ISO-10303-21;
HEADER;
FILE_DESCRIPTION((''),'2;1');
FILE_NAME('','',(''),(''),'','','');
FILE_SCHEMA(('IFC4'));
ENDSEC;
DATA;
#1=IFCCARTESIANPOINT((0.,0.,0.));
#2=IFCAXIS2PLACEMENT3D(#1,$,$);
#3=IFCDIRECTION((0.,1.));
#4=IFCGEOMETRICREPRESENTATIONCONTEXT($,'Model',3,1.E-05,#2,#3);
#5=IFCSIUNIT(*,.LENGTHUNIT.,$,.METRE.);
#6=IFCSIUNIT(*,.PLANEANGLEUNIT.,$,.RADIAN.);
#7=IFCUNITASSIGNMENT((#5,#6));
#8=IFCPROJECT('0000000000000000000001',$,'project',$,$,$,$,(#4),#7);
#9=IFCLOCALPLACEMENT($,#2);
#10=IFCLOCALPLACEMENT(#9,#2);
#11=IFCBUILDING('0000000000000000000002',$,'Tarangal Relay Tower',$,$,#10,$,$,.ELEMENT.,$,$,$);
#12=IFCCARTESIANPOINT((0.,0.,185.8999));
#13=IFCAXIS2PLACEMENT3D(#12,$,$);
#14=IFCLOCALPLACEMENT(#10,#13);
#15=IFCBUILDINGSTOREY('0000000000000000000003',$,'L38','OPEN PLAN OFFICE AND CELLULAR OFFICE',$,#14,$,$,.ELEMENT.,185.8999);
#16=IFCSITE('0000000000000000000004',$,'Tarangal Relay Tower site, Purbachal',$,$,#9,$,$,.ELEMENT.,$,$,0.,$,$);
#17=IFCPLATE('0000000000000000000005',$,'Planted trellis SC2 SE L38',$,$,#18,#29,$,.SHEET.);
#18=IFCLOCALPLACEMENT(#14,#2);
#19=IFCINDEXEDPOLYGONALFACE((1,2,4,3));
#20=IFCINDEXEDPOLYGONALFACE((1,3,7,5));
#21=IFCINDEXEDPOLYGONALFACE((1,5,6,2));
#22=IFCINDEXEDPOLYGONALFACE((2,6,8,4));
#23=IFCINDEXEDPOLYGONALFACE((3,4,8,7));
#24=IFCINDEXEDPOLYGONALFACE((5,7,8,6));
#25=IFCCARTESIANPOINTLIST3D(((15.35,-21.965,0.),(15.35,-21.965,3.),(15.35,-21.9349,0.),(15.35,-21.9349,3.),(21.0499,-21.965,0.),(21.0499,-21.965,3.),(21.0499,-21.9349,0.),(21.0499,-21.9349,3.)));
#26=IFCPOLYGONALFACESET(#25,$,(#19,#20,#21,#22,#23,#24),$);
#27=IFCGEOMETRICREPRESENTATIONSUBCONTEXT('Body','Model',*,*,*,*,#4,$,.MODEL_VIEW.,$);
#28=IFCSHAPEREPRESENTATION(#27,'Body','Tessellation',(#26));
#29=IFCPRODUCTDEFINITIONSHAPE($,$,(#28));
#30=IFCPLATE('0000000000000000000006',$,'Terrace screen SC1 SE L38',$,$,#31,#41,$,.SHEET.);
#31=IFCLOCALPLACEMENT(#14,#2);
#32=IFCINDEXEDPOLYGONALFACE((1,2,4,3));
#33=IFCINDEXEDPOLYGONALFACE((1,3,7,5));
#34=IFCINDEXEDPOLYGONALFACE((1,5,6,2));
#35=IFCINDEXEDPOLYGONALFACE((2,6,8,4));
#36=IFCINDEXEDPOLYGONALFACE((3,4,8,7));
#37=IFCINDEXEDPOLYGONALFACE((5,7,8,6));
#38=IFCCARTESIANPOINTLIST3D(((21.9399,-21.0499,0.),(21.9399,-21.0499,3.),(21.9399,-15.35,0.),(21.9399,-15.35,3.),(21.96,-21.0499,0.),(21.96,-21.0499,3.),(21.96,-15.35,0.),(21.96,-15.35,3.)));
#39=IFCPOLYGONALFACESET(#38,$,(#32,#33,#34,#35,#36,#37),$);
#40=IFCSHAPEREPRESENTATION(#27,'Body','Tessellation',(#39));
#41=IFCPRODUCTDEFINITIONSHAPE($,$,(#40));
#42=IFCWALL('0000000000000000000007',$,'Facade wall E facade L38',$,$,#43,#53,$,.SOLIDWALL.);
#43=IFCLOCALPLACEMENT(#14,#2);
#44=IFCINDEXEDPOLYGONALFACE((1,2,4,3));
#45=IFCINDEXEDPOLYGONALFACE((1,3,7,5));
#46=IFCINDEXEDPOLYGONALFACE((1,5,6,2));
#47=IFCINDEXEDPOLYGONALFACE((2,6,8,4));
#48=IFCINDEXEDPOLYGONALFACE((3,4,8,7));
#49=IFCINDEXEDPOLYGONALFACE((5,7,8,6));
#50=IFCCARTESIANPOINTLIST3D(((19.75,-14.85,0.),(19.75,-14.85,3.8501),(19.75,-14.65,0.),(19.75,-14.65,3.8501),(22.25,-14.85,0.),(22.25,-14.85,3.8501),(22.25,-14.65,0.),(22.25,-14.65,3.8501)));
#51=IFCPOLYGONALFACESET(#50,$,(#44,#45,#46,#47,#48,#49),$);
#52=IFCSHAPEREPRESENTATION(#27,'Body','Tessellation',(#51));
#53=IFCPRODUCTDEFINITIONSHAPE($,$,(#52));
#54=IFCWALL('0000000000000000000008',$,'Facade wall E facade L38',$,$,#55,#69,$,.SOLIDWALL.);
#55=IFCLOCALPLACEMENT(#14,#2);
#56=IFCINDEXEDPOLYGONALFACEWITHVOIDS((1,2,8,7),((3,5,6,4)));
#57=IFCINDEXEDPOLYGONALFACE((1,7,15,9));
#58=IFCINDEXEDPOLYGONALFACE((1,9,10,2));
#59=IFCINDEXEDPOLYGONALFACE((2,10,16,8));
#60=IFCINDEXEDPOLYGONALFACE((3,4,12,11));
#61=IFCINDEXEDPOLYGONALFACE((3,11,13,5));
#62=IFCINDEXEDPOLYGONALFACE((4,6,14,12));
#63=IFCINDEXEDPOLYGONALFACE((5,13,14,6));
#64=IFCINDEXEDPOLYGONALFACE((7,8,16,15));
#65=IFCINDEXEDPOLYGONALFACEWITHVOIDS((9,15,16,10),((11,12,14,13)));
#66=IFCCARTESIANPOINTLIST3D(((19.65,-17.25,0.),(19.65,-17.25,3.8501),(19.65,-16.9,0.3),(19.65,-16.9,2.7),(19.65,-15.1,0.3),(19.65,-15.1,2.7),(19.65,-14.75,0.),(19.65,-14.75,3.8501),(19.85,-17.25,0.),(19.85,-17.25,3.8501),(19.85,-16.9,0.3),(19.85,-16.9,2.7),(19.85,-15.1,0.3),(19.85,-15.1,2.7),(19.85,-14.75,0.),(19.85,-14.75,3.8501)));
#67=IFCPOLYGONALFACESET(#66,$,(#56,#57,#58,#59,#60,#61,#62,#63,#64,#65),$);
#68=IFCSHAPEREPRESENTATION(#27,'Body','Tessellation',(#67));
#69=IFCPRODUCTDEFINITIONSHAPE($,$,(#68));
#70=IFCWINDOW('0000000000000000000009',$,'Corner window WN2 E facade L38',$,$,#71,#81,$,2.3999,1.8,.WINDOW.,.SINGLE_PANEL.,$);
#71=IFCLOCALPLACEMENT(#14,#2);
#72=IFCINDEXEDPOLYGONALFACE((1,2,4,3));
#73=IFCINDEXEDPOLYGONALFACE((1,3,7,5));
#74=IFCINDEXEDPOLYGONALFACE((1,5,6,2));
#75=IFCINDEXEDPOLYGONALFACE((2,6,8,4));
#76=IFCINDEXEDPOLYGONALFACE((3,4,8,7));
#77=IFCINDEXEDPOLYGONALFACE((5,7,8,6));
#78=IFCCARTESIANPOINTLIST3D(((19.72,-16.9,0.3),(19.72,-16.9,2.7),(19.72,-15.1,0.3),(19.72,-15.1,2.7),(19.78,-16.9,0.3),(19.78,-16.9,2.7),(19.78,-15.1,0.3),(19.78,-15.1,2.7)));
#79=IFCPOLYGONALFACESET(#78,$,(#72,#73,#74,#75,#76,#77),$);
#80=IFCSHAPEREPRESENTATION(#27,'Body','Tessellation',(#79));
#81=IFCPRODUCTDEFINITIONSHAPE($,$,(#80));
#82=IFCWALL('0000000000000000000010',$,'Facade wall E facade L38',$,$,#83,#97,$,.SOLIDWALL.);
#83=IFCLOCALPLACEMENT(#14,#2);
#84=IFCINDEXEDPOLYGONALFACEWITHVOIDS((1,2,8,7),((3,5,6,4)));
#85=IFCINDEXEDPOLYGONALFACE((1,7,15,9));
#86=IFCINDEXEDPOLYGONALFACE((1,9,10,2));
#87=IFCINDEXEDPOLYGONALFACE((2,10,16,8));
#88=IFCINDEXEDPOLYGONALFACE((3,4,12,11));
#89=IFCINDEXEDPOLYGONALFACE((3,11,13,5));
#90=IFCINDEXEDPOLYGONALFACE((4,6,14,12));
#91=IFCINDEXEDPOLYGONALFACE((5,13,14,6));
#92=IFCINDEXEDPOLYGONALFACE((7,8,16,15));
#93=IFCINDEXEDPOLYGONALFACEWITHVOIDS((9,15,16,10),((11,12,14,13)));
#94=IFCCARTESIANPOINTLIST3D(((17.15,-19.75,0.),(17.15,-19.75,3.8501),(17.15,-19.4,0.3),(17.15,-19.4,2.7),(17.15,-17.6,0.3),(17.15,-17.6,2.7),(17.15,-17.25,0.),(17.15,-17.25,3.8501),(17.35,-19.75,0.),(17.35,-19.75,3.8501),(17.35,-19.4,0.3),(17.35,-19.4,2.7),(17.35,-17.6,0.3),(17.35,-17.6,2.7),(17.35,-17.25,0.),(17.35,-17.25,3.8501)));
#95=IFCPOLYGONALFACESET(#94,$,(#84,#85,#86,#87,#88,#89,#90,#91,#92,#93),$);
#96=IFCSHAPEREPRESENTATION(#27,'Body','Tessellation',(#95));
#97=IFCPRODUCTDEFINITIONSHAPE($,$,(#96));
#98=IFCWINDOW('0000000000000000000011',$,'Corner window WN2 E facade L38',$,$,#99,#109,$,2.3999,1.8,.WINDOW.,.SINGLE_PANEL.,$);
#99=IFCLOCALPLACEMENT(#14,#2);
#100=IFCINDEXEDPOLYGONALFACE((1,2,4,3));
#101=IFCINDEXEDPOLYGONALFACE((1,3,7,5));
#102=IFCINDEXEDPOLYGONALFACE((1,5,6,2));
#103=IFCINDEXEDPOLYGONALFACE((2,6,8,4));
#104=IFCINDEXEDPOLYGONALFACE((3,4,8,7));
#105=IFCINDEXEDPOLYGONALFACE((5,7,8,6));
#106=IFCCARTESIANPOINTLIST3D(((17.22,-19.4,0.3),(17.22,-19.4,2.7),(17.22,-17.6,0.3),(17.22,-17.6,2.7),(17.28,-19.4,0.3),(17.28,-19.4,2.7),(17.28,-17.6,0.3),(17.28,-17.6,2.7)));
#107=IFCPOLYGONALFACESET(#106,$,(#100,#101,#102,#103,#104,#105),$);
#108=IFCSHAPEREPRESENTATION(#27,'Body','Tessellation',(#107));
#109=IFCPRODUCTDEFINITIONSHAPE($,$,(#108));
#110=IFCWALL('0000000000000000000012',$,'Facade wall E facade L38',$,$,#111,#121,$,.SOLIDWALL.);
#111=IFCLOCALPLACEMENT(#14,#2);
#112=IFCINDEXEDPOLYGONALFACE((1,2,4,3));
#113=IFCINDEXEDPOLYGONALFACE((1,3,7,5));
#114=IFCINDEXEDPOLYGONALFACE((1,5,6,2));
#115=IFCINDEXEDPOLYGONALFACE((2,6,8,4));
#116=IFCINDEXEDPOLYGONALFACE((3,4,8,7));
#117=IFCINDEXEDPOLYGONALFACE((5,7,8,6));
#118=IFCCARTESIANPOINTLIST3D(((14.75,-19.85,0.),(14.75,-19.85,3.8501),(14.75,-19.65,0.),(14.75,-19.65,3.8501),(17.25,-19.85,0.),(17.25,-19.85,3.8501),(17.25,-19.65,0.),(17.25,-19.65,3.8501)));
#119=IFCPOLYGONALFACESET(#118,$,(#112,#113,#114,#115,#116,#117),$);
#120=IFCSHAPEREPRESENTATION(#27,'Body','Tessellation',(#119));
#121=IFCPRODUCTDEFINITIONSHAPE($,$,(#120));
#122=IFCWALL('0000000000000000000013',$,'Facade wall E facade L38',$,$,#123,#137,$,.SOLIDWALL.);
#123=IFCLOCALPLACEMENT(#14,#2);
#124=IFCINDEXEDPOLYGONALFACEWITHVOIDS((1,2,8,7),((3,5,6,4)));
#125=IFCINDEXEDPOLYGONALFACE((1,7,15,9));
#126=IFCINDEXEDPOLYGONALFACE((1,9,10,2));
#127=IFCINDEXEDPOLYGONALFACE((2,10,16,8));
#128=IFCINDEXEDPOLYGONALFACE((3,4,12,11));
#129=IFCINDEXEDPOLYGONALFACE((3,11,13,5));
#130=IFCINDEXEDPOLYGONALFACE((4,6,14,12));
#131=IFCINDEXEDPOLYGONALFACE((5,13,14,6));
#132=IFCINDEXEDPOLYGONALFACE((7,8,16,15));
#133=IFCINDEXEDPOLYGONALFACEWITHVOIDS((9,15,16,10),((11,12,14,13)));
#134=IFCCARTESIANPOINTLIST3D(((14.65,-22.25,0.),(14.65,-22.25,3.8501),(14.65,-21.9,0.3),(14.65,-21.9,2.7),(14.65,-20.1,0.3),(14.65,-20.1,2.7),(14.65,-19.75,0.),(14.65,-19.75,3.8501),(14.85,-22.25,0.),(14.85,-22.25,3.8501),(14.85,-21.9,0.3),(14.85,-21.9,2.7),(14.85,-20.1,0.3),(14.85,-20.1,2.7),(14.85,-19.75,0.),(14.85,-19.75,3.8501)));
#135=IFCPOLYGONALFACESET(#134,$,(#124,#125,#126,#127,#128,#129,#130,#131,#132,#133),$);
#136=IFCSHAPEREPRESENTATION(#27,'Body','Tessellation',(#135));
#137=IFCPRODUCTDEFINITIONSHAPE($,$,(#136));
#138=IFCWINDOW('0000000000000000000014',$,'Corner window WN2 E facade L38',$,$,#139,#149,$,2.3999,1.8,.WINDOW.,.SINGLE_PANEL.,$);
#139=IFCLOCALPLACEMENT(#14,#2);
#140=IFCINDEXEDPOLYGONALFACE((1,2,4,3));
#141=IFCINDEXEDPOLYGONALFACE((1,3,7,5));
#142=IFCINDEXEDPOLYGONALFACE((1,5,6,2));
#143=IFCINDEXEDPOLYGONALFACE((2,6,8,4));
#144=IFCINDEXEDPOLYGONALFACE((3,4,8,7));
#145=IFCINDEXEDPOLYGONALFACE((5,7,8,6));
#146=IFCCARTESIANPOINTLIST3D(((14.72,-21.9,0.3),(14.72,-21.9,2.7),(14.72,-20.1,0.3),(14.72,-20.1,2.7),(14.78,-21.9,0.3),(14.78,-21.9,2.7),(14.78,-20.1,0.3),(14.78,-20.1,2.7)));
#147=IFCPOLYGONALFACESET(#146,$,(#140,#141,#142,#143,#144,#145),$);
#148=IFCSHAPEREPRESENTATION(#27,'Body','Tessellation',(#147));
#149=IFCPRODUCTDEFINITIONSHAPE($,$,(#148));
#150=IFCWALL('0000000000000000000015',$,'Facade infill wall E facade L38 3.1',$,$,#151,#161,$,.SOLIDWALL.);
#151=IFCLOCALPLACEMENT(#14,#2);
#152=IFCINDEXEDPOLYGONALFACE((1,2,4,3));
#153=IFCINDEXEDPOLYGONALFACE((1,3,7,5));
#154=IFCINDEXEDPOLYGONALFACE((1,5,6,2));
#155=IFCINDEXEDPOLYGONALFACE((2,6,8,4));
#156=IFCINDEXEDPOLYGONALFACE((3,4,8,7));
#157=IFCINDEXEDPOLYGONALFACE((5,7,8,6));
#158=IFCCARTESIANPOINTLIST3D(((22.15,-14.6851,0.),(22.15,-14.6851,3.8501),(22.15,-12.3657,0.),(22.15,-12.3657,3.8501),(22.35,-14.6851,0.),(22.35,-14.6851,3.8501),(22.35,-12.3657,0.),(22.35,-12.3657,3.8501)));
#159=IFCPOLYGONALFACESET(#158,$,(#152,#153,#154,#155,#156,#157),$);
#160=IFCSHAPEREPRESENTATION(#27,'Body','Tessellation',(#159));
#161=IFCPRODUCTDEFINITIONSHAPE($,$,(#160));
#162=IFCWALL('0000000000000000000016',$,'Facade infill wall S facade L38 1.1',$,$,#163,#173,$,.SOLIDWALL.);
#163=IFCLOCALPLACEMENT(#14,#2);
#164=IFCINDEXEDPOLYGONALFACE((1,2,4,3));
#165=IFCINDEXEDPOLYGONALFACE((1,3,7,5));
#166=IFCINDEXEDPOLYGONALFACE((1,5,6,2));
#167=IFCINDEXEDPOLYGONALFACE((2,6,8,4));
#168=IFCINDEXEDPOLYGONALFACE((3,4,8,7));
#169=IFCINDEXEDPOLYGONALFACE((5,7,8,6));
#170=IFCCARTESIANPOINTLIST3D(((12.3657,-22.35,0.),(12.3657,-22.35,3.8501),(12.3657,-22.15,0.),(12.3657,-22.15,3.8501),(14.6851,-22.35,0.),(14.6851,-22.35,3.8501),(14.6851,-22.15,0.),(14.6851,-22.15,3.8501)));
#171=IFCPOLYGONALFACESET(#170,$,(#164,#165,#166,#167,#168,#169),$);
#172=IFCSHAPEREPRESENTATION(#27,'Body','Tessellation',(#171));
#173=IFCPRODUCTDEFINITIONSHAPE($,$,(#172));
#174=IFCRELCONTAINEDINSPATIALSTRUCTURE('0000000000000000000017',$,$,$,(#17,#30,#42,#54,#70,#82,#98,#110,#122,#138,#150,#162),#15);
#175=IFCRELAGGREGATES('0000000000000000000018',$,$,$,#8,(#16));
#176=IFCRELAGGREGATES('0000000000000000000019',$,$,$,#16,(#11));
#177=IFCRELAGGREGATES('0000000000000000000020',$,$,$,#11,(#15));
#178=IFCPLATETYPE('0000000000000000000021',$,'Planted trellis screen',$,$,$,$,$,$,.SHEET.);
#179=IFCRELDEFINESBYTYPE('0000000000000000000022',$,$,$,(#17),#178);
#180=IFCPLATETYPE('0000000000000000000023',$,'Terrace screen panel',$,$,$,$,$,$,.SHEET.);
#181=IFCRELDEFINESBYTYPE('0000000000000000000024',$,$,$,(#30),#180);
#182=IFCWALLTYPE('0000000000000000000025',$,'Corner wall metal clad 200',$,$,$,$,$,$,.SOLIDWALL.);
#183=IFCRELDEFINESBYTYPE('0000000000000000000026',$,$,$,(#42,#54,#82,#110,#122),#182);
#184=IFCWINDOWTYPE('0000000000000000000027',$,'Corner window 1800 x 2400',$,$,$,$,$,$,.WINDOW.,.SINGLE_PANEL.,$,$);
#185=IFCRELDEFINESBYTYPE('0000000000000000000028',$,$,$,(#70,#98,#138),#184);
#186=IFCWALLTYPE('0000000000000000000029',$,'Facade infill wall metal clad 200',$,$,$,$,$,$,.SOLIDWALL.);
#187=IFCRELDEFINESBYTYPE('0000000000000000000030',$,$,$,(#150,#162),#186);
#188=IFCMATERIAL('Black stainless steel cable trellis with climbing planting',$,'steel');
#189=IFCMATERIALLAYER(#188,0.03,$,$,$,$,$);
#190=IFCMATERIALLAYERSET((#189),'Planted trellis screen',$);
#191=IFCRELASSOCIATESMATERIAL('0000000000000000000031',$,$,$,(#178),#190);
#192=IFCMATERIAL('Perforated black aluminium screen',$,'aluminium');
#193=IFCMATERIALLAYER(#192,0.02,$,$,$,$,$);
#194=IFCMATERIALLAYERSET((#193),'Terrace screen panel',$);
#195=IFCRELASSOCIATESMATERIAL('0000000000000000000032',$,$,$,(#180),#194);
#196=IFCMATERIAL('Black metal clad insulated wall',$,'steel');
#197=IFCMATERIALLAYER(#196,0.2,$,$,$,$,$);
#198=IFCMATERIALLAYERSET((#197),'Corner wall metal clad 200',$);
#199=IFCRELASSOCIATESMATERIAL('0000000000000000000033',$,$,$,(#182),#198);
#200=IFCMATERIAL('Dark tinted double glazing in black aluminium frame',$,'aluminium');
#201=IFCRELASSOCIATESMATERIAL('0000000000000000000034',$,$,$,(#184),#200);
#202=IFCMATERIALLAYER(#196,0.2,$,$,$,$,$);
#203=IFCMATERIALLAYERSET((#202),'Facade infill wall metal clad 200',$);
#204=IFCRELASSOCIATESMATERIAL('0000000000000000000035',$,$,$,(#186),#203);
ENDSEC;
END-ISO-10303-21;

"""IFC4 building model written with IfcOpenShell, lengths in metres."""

from ifc_helpers import new_model, si_unit, direction, frame, frame_2d, origin, origin_2d, place, context, subcontext, project, spatial, rectangle, extrude, material, layer, layer_set, type_object, element, fill, save


model = new_model("IFC4")

# Units and contexts
model_context = context("Model", 3, precision=1e-05, world=origin(), true_north=direction((0.0, 1.0)))
body_context = subcontext(model_context, "Body", "Model", "MODEL_VIEW")
ifc_project = project(units=[si_unit("LENGTHUNIT", "METRE"), si_unit("PLANEANGLEUNIT", "RADIAN")], contexts=[model_context])

# Site, building, storey
site_placement = place(None, origin())
site = spatial("IfcSite", under=ifc_project, at=site_placement, Name="Tarangal Relay Tower site, Purbachal", CompositionType="ELEMENT", RefElevation=0.0)
building_placement = place(site_placement, origin())
building = spatial("IfcBuilding", under=site, at=building_placement, Name="Tarangal Relay Tower", CompositionType="ELEMENT")
storey_placement = place(building_placement, frame((0.0, 0.0, 185.8999)))
storey = spatial("IfcBuildingStorey", under=building, at=storey_placement, Name="L38", Description="OPEN PLAN OFFICE AND CELLULAR OFFICE", CompositionType="ELEMENT", Elevation=185.8999)

# Plates
ifc_material_1 = material(Name="Black stainless steel cable trellis with climbing planting", Category="steel")
ifc_layer_1 = layer(ifc_material_1, 0.03)
ifc_layer_set_1 = layer_set([ifc_layer_1], Name="Planted trellis screen")
plate_type_1 = type_object("IfcPlateType", Name="Planted trellis screen", PredefinedType="SHEET", material=ifc_layer_set_1)
plate_1_placement = place(storey_placement, frame((18.2, -21.95, 0.0), z_axis=(0.0, 0.0, 1.0), x_axis=(-1.0, 0.0, 0.0)))
element("IfcPlate", 1, at=plate_1_placement, inside=storey, type_object=plate_type_1, Name="Planted trellis SC2 SE L38", PredefinedType="SHEET", context=body_context, shape_type="SweptSolid", body=[
    extrude(rectangle(XDim=5.7, YDim=0.03, at=origin_2d()), origin(), (0.0, 0.0, 1.0), 3.0),
])
ifc_material_2 = material(Name="Perforated black aluminium screen", Category="aluminium")
ifc_layer_2 = layer(ifc_material_2, 0.02)
ifc_layer_set_2 = layer_set([ifc_layer_2], Name="Terrace screen panel")
plate_type_2 = type_object("IfcPlateType", Name="Terrace screen panel", PredefinedType="SHEET", material=ifc_layer_set_2)
plate_2_placement = place(storey_placement, frame((21.95, -18.2, 0.0), z_axis=(0.0, 0.0, 1.0), x_axis=(0.0, -1.0, 0.0)))
element("IfcPlate", 2, at=plate_2_placement, inside=storey, type_object=plate_type_2, Name="Terrace screen SC1 SE L38", PredefinedType="SHEET", context=body_context, shape_type="SweptSolid", body=[
    extrude(rectangle(XDim=5.7, YDim=0.02, at=origin_2d()), origin(), (0.0, 0.0, 1.0), 3.0),
])

# Wall
ifc_material_3 = material(Name="Black metal clad insulated wall", Category="steel")
ifc_layer_3 = layer(ifc_material_3, 0.2)
ifc_layer_set_3 = layer_set([ifc_layer_3], Name="Corner wall metal clad 200")
wall_type_1 = type_object("IfcWallType", Name="Corner wall metal clad 200", PredefinedType="SOLIDWALL", material=ifc_layer_set_3)
wall_1_placement = place(storey_placement, frame((22.25, -14.75, 0.0), z_axis=(0.0, 0.0, 1.0), x_axis=(-1.0, 0.0, 0.0)))
element("IfcWall", 3, at=wall_1_placement, inside=storey, type_object=wall_type_1, Name="Facade wall E facade L38", PredefinedType="SOLIDWALL", context=body_context, shape_type="SweptSolid", body=[
    extrude(rectangle(XDim=2.5, YDim=0.2, at=frame_2d((1.25, 0.0))), origin(), (0.0, 0.0, 1.0), 3.8501),
])

# Wall, opening, window
wall_2_placement = place(storey_placement, frame((19.75, -14.75, 0.0), z_axis=(0.0, 0.0, 1.0), x_axis=(0.0, -1.0, 0.0)))
wall_2 = element("IfcWall", 4, at=wall_2_placement, inside=storey, type_object=wall_type_1, Name="Facade wall E facade L38", PredefinedType="SOLIDWALL", context=body_context, shape_type="SweptSolid", body=[
    extrude(rectangle(XDim=2.5, YDim=0.2, at=frame_2d((1.25, 0.0))), origin(), (0.0, 0.0, 1.0), 3.8501),
])
opening_1_placement = place(wall_2_placement, frame((0.3501, 0.0, 0.3)))
opening_1 = element("IfcOpeningElement", 5, at=opening_1_placement, cuts=wall_2, PredefinedType="OPENING", context=body_context, shape_type="SweptSolid", body=[
    extrude(rectangle(XDim=1.8, YDim=2.3999, at=frame_2d((0.8999, 1.2))), frame((0.0, 0.1099, 0.0), z_axis=(0.0, -1.0, 0.0), x_axis=(1.0, 0.0, 0.0)), (0.0, 0.0, 1.0), 0.22),
])
ifc_material_4 = material(Name="Dark tinted double glazing in black aluminium frame", Category="aluminium")
window_type = type_object("IfcWindowType", Name="Corner window 1800 x 2400", PartitioningType="SINGLE_PANEL", PredefinedType="WINDOW", material=ifc_material_4)
window_1_placement = place(opening_1_placement, origin())
window_1 = element("IfcWindow", 6, at=window_1_placement, inside=storey, type_object=window_type, Name="Corner window WN2 E facade L38", OverallHeight=2.3999, OverallWidth=1.8, PartitioningType="SINGLE_PANEL", PredefinedType="WINDOW", context=body_context, shape_type="SweptSolid", body=[
    extrude(rectangle(XDim=1.8, YDim=2.3999, at=frame_2d((0.8999, 1.2))), frame((0.0, 0.03, 0.0), z_axis=(0.0, -1.0, 0.0), x_axis=(1.0, 0.0, 0.0)), (0.0, 0.0, 1.0), 0.0601),
])
fill(opening_1, window_1)

# Wall, opening, window
wall_3_placement = place(storey_placement, frame((17.25, -17.25, 0.0), z_axis=(0.0, 0.0, 1.0), x_axis=(0.0, -1.0, 0.0)))
wall_3 = element("IfcWall", 7, at=wall_3_placement, inside=storey, type_object=wall_type_1, Name="Facade wall E facade L38", PredefinedType="SOLIDWALL", context=body_context, shape_type="SweptSolid", body=[
    extrude(rectangle(XDim=2.5, YDim=0.2, at=frame_2d((1.25, 0.0))), origin(), (0.0, 0.0, 1.0), 3.8501),
])
opening_2_placement = place(wall_3_placement, frame((0.3501, 0.0, 0.3)))
opening_2 = element("IfcOpeningElement", 8, at=opening_2_placement, cuts=wall_3, PredefinedType="OPENING", context=body_context, shape_type="SweptSolid", body=[
    extrude(rectangle(XDim=1.8, YDim=2.3999, at=frame_2d((0.8999, 1.2))), frame((0.0, 0.1099, 0.0), z_axis=(0.0, -1.0, 0.0), x_axis=(1.0, 0.0, 0.0)), (0.0, 0.0, 1.0), 0.22),
])
window_2_placement = place(opening_2_placement, origin())
window_2 = element("IfcWindow", 9, at=window_2_placement, inside=storey, type_object=window_type, Name="Corner window WN2 E facade L38", OverallHeight=2.3999, OverallWidth=1.8, PartitioningType="SINGLE_PANEL", PredefinedType="WINDOW", context=body_context, shape_type="SweptSolid", body=[
    extrude(rectangle(XDim=1.8, YDim=2.3999, at=frame_2d((0.8999, 1.2))), frame((0.0, 0.03, 0.0), z_axis=(0.0, -1.0, 0.0), x_axis=(1.0, 0.0, 0.0)), (0.0, 0.0, 1.0), 0.0601),
])
fill(opening_2, window_2)

# Wall
wall_4_placement = place(storey_placement, frame((17.25, -19.75, 0.0), z_axis=(0.0, 0.0, 1.0), x_axis=(-1.0, 0.0, 0.0)))
element("IfcWall", 10, at=wall_4_placement, inside=storey, type_object=wall_type_1, Name="Facade wall E facade L38", PredefinedType="SOLIDWALL", context=body_context, shape_type="SweptSolid", body=[
    extrude(rectangle(XDim=2.5, YDim=0.2, at=frame_2d((1.25, 0.0))), origin(), (0.0, 0.0, 1.0), 3.8501),
])

# Wall, opening, window
wall_5_placement = place(storey_placement, frame((14.75, -19.75, 0.0), z_axis=(0.0, 0.0, 1.0), x_axis=(0.0, -1.0, 0.0)))
wall_5 = element("IfcWall", 11, at=wall_5_placement, inside=storey, type_object=wall_type_1, Name="Facade wall E facade L38", PredefinedType="SOLIDWALL", context=body_context, shape_type="SweptSolid", body=[
    extrude(rectangle(XDim=2.5, YDim=0.2, at=frame_2d((1.25, 0.0))), origin(), (0.0, 0.0, 1.0), 3.8501),
])
opening_3_placement = place(wall_5_placement, frame((0.3501, 0.0, 0.3)))
opening_3 = element("IfcOpeningElement", 12, at=opening_3_placement, cuts=wall_5, PredefinedType="OPENING", context=body_context, shape_type="SweptSolid", body=[
    extrude(rectangle(XDim=1.8, YDim=2.3999, at=frame_2d((0.8999, 1.2))), frame((0.0, 0.1099, 0.0), z_axis=(0.0, -1.0, 0.0), x_axis=(1.0, 0.0, 0.0)), (0.0, 0.0, 1.0), 0.22),
])
window_3_placement = place(opening_3_placement, origin())
window_3 = element("IfcWindow", 13, at=window_3_placement, inside=storey, type_object=window_type, Name="Corner window WN2 E facade L38", OverallHeight=2.3999, OverallWidth=1.8, PartitioningType="SINGLE_PANEL", PredefinedType="WINDOW", context=body_context, shape_type="SweptSolid", body=[
    extrude(rectangle(XDim=1.8, YDim=2.3999, at=frame_2d((0.8999, 1.2))), frame((0.0, 0.03, 0.0), z_axis=(0.0, -1.0, 0.0), x_axis=(1.0, 0.0, 0.0)), (0.0, 0.0, 1.0), 0.0601),
])
fill(opening_3, window_3)

# Walls
ifc_layer_4 = layer(ifc_material_3, 0.2)
ifc_layer_set_4 = layer_set([ifc_layer_4], Name="Facade infill wall metal clad 200")
wall_type_2 = type_object("IfcWallType", Name="Facade infill wall metal clad 200", PredefinedType="SOLIDWALL", material=ifc_layer_set_4)
for number, where, z_axis, x_axis, name in (
    (14, (22.25, -12.3657, 0.0), (0.0, 0.0, 1.0), (0.0, -1.0, 0.0), "Facade infill wall E facade L38 3.1"),
    (15, (14.6851, -22.25, 0.0), (0.0, 0.0, 1.0), (-1.0, 0.0, 0.0), "Facade infill wall S facade L38 1.1"),
):
    element("IfcWall", number, at=place(storey_placement, frame(where, z_axis=z_axis, x_axis=x_axis)), inside=storey, type_object=wall_type_2, Name=name, PredefinedType="SOLIDWALL", context=body_context, shape_type="SweptSolid", body=[
        extrude(rectangle(XDim=2.3193, YDim=0.2, at=frame_2d((1.1597, 0.0))), origin(), (0.0, 0.0, 1.0), 3.8501),
    ])

save(model, "model.ifc")
